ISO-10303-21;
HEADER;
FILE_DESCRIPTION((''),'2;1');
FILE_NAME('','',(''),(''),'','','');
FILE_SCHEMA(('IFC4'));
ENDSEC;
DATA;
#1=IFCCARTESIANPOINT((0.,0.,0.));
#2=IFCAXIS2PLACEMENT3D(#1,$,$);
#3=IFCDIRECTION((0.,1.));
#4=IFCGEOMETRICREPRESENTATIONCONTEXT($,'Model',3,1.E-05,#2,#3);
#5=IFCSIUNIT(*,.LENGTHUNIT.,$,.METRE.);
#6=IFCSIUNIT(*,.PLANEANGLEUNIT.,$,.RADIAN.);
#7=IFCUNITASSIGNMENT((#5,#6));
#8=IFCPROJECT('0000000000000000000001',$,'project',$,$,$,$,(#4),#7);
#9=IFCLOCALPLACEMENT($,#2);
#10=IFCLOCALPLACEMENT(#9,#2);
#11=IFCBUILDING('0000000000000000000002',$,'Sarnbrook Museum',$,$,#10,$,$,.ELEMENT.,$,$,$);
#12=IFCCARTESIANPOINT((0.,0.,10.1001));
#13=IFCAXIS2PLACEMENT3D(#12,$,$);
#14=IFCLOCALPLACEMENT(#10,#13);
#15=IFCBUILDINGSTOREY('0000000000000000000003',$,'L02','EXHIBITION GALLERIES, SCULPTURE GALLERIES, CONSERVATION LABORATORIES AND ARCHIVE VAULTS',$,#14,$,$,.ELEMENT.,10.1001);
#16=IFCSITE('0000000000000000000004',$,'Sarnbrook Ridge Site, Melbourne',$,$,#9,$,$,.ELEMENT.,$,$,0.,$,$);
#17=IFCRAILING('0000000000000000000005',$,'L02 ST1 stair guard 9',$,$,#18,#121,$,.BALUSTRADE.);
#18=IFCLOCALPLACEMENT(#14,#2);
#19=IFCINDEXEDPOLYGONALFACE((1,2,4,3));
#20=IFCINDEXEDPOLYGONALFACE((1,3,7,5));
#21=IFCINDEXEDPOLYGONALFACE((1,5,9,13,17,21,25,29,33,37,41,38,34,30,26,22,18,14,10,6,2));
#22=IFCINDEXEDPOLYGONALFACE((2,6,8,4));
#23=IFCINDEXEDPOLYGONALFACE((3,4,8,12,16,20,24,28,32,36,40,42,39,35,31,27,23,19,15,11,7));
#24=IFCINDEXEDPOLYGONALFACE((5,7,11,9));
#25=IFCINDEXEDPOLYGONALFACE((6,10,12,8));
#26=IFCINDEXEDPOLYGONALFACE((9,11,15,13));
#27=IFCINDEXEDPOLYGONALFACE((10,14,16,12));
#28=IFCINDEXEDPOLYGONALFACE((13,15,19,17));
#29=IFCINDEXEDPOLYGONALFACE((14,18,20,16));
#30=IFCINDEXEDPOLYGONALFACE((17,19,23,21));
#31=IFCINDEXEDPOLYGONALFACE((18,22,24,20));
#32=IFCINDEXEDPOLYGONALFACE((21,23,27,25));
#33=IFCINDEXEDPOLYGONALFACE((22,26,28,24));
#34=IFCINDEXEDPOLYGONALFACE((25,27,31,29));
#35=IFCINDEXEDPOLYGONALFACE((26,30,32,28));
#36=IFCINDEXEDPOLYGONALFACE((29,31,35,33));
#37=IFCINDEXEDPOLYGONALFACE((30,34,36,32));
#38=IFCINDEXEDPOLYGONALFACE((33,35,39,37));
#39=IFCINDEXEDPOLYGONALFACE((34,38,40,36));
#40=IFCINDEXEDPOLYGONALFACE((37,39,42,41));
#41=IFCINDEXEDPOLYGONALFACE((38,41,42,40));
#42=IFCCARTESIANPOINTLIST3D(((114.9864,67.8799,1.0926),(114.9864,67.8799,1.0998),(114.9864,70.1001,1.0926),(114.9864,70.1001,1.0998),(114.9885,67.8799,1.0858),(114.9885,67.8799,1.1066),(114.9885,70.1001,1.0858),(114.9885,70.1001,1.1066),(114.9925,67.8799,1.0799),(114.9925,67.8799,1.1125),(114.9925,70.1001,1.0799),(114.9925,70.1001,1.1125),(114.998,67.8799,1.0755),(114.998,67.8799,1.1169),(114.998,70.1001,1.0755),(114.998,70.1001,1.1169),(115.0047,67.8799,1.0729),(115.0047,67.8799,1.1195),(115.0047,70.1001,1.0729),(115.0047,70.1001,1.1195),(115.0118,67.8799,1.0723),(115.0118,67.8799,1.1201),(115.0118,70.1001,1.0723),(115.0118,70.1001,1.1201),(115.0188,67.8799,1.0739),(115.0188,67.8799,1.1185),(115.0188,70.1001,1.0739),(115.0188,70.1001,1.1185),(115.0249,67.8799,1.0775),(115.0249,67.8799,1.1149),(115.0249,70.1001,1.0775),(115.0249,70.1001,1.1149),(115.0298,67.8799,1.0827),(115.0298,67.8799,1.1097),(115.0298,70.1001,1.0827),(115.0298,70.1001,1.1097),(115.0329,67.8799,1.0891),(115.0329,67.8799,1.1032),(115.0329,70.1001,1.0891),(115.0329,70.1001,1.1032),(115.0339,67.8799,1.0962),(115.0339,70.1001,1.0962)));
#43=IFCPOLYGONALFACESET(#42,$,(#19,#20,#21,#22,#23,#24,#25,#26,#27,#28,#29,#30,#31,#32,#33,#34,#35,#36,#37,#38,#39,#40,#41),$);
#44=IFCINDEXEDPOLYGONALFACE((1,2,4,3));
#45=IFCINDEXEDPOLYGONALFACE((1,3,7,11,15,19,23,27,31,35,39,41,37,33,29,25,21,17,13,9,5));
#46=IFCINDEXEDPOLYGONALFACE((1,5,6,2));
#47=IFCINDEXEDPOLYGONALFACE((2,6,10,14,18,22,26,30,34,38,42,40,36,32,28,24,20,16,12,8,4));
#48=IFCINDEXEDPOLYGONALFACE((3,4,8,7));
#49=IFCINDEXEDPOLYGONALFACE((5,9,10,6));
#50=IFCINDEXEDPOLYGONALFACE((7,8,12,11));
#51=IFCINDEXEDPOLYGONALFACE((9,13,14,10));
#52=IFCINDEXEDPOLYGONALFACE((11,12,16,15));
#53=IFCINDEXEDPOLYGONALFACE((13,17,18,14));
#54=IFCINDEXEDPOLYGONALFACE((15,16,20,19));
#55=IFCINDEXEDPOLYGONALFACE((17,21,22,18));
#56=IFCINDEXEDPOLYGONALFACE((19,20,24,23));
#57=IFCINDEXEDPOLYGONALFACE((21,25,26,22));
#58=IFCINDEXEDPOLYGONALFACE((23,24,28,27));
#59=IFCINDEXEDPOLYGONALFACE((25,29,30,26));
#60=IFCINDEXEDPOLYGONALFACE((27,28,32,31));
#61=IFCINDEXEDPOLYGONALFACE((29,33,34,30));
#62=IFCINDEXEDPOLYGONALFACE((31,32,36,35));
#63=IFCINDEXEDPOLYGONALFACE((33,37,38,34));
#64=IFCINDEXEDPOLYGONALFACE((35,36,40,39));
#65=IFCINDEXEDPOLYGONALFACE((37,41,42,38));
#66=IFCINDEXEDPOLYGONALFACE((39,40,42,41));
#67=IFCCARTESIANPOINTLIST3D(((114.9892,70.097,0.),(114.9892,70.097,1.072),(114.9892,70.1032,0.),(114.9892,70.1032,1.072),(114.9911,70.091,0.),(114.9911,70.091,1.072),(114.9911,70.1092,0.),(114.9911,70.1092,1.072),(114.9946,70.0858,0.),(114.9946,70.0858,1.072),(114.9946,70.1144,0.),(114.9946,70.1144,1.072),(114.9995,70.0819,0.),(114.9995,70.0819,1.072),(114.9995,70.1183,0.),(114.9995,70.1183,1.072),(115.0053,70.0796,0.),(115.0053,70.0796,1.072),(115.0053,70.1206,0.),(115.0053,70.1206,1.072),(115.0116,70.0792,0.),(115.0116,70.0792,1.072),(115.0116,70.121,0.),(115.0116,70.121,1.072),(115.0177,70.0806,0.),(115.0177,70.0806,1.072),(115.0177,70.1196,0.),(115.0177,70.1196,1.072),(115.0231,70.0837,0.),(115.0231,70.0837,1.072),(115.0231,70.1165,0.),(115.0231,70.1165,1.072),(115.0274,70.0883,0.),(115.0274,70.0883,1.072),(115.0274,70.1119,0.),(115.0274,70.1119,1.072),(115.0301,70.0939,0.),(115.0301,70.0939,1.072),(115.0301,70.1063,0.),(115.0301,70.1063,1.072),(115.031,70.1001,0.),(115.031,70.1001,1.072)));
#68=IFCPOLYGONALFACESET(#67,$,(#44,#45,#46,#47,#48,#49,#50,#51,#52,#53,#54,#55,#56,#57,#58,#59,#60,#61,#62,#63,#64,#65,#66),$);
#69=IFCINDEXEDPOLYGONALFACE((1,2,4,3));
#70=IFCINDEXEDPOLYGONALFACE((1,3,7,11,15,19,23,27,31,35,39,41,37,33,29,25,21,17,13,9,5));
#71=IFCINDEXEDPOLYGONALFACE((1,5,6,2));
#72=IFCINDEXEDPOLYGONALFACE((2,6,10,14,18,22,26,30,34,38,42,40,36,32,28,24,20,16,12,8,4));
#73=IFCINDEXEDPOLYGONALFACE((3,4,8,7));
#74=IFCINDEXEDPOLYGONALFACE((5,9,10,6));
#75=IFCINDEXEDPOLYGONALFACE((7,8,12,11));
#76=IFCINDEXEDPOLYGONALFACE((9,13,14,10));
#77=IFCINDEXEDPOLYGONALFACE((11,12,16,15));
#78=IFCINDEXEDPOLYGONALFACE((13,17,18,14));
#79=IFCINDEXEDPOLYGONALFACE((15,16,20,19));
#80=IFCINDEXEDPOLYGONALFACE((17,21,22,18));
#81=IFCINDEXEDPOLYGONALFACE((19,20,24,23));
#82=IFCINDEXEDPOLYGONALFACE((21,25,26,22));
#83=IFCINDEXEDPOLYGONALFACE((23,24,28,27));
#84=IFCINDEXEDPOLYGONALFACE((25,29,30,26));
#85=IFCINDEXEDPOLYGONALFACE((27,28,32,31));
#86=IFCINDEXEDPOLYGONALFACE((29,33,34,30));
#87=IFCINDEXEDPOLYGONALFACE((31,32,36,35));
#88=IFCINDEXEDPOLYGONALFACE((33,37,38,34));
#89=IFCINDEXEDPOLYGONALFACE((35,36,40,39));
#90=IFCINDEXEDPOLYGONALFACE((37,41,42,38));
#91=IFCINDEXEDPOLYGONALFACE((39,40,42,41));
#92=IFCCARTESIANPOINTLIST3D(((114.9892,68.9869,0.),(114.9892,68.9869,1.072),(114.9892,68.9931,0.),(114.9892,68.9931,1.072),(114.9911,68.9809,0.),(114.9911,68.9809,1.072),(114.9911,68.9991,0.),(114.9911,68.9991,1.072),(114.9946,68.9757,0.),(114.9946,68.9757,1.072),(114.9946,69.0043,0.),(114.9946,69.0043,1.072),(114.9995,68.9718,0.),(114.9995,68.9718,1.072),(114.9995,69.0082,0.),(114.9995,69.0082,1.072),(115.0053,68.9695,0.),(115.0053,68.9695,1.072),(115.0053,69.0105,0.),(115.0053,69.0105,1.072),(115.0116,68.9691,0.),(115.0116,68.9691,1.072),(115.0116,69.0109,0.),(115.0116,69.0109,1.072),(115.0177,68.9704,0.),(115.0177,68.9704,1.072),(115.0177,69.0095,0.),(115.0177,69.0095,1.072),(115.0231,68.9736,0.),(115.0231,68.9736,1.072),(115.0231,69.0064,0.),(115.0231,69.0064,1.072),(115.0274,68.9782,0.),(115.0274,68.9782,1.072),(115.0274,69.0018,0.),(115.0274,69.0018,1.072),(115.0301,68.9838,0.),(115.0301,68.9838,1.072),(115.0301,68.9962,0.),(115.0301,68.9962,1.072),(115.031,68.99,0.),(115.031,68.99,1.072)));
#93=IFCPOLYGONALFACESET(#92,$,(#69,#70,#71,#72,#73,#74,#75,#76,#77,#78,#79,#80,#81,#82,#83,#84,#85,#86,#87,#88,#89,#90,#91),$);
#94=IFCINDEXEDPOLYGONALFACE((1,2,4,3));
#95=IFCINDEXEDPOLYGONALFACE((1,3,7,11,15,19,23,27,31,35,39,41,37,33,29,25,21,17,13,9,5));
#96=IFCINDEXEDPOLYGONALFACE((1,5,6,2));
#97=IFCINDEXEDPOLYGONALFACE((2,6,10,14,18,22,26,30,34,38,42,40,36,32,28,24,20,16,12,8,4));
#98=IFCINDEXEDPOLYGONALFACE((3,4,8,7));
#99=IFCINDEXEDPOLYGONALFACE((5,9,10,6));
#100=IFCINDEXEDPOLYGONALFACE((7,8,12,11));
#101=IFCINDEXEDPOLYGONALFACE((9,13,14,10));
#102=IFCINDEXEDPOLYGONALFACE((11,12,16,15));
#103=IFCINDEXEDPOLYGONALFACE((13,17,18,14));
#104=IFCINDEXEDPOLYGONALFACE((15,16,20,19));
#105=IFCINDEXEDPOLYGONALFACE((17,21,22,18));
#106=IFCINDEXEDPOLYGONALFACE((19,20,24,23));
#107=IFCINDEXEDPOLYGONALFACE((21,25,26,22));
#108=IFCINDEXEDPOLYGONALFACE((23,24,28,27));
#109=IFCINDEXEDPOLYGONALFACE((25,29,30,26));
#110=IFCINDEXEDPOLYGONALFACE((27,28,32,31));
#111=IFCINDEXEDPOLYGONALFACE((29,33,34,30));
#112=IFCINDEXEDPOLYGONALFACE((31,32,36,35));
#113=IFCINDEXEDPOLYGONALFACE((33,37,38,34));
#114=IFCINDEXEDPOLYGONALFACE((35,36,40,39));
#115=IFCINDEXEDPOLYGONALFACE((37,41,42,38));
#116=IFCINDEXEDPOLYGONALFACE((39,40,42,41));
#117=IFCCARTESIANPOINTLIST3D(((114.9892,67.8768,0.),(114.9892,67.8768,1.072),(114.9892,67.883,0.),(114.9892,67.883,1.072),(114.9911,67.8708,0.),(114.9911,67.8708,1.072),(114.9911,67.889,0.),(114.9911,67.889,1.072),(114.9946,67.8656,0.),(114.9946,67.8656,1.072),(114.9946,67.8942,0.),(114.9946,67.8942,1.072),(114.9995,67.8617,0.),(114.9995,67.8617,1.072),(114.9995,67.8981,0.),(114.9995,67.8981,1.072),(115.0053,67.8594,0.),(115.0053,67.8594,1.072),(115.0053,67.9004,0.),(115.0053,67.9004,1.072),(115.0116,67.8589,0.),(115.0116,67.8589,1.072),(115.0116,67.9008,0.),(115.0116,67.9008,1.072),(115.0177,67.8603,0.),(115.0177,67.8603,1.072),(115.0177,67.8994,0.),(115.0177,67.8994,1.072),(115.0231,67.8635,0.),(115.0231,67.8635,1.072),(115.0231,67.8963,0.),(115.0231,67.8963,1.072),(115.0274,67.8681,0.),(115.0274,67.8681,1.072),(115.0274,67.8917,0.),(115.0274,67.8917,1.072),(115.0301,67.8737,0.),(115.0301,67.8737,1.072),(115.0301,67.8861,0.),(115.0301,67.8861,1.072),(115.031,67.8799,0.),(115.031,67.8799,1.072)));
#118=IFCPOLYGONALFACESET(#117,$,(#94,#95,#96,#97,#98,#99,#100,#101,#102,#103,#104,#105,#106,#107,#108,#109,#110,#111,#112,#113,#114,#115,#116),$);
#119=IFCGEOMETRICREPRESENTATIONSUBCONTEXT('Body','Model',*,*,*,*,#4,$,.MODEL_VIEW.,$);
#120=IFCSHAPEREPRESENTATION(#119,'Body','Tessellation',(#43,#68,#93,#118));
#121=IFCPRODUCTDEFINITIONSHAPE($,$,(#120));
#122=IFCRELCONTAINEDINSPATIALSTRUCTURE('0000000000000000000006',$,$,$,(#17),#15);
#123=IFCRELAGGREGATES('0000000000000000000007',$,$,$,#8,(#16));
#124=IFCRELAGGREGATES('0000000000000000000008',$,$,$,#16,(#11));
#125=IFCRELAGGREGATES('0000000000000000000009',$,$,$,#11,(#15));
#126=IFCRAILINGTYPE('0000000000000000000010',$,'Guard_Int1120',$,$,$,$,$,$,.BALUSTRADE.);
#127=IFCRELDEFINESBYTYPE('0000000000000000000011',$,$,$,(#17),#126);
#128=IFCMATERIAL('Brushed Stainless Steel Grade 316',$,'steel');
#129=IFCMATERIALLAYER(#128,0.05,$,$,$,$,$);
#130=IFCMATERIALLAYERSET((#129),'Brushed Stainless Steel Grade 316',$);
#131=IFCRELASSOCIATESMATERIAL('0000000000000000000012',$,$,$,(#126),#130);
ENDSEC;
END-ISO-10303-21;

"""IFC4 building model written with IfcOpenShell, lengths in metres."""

from ifc_helpers import new_model, si_unit, direction, frame, origin, origin_2d, place, context, subcontext, project, spatial, circle, extrude, material, layer, layer_set, type_object, element, save


model = new_model("IFC4")

# Units and contexts
model_context = context("Model", 3, precision=1e-05, world=origin(), true_north=direction((0.0, 1.0)))
body_context = subcontext(model_context, "Body", "Model", "MODEL_VIEW")
ifc_project = project(units=[si_unit("LENGTHUNIT", "METRE"), si_unit("PLANEANGLEUNIT", "RADIAN")], contexts=[model_context])

# Site, building, storey
site_placement = place(None, origin())
site = spatial("IfcSite", under=ifc_project, at=site_placement, Name="Sarnbrook Ridge Site, Melbourne", CompositionType="ELEMENT", RefElevation=0.0)
building_placement = place(site_placement, origin())
building = spatial("IfcBuilding", under=site, at=building_placement, Name="Sarnbrook Museum", CompositionType="ELEMENT")
storey_placement = place(building_placement, frame((0.0, 0.0, 10.1001)))
storey = spatial("IfcBuildingStorey", under=building, at=storey_placement, Name="L02", Description="EXHIBITION GALLERIES, SCULPTURE GALLERIES, CONSERVATION LABORATORIES AND ARCHIVE VAULTS", CompositionType="ELEMENT", Elevation=10.1001)

# Railing
ifc_material_1 = material(Name="Brushed Stainless Steel Grade 316", Category="steel")
ifc_layer_1 = layer(ifc_material_1, 0.05)
ifc_layer_set_1 = layer_set([ifc_layer_1], Name="Brushed Stainless Steel Grade 316")
railing_type = type_object("IfcRailingType", Name="Guard_Int1120", PredefinedType="BALUSTRADE", material=ifc_layer_set_1)
for number, where, name in (
    (1, (115.01, 70.1001, 0.0), "L02 ST1 stair guard 9"),
):
    element("IfcRailing", number, at=place(storey_placement, frame(where)), inside=storey, type_object=railing_type, Name=name, PredefinedType="BALUSTRADE", context=body_context, shape_type="SweptSolid", body=[
        extrude(circle(Radius=0.0239, at=origin_2d()), frame((0.0, 0.0, 1.0962), z_axis=(0.0, -1.0, 0.0), x_axis=(1.0, 0.0, 0.0)), (0.0, 0.0, 1.0), 2.2202),
        extrude(circle(Radius=0.021, at=origin_2d()), origin(), (0.0, 0.0, 1.0), 1.072),
        extrude(circle(Radius=0.021, at=origin_2d()), frame((0.0, -1.1101, 0.0)), (0.0, 0.0, 1.0), 1.072),
        extrude(circle(Radius=0.021, at=origin_2d()), frame((0.0, -2.2202, 0.0)), (0.0, 0.0, 1.0), 1.072),
    ])

save(model, "model.ifc")
